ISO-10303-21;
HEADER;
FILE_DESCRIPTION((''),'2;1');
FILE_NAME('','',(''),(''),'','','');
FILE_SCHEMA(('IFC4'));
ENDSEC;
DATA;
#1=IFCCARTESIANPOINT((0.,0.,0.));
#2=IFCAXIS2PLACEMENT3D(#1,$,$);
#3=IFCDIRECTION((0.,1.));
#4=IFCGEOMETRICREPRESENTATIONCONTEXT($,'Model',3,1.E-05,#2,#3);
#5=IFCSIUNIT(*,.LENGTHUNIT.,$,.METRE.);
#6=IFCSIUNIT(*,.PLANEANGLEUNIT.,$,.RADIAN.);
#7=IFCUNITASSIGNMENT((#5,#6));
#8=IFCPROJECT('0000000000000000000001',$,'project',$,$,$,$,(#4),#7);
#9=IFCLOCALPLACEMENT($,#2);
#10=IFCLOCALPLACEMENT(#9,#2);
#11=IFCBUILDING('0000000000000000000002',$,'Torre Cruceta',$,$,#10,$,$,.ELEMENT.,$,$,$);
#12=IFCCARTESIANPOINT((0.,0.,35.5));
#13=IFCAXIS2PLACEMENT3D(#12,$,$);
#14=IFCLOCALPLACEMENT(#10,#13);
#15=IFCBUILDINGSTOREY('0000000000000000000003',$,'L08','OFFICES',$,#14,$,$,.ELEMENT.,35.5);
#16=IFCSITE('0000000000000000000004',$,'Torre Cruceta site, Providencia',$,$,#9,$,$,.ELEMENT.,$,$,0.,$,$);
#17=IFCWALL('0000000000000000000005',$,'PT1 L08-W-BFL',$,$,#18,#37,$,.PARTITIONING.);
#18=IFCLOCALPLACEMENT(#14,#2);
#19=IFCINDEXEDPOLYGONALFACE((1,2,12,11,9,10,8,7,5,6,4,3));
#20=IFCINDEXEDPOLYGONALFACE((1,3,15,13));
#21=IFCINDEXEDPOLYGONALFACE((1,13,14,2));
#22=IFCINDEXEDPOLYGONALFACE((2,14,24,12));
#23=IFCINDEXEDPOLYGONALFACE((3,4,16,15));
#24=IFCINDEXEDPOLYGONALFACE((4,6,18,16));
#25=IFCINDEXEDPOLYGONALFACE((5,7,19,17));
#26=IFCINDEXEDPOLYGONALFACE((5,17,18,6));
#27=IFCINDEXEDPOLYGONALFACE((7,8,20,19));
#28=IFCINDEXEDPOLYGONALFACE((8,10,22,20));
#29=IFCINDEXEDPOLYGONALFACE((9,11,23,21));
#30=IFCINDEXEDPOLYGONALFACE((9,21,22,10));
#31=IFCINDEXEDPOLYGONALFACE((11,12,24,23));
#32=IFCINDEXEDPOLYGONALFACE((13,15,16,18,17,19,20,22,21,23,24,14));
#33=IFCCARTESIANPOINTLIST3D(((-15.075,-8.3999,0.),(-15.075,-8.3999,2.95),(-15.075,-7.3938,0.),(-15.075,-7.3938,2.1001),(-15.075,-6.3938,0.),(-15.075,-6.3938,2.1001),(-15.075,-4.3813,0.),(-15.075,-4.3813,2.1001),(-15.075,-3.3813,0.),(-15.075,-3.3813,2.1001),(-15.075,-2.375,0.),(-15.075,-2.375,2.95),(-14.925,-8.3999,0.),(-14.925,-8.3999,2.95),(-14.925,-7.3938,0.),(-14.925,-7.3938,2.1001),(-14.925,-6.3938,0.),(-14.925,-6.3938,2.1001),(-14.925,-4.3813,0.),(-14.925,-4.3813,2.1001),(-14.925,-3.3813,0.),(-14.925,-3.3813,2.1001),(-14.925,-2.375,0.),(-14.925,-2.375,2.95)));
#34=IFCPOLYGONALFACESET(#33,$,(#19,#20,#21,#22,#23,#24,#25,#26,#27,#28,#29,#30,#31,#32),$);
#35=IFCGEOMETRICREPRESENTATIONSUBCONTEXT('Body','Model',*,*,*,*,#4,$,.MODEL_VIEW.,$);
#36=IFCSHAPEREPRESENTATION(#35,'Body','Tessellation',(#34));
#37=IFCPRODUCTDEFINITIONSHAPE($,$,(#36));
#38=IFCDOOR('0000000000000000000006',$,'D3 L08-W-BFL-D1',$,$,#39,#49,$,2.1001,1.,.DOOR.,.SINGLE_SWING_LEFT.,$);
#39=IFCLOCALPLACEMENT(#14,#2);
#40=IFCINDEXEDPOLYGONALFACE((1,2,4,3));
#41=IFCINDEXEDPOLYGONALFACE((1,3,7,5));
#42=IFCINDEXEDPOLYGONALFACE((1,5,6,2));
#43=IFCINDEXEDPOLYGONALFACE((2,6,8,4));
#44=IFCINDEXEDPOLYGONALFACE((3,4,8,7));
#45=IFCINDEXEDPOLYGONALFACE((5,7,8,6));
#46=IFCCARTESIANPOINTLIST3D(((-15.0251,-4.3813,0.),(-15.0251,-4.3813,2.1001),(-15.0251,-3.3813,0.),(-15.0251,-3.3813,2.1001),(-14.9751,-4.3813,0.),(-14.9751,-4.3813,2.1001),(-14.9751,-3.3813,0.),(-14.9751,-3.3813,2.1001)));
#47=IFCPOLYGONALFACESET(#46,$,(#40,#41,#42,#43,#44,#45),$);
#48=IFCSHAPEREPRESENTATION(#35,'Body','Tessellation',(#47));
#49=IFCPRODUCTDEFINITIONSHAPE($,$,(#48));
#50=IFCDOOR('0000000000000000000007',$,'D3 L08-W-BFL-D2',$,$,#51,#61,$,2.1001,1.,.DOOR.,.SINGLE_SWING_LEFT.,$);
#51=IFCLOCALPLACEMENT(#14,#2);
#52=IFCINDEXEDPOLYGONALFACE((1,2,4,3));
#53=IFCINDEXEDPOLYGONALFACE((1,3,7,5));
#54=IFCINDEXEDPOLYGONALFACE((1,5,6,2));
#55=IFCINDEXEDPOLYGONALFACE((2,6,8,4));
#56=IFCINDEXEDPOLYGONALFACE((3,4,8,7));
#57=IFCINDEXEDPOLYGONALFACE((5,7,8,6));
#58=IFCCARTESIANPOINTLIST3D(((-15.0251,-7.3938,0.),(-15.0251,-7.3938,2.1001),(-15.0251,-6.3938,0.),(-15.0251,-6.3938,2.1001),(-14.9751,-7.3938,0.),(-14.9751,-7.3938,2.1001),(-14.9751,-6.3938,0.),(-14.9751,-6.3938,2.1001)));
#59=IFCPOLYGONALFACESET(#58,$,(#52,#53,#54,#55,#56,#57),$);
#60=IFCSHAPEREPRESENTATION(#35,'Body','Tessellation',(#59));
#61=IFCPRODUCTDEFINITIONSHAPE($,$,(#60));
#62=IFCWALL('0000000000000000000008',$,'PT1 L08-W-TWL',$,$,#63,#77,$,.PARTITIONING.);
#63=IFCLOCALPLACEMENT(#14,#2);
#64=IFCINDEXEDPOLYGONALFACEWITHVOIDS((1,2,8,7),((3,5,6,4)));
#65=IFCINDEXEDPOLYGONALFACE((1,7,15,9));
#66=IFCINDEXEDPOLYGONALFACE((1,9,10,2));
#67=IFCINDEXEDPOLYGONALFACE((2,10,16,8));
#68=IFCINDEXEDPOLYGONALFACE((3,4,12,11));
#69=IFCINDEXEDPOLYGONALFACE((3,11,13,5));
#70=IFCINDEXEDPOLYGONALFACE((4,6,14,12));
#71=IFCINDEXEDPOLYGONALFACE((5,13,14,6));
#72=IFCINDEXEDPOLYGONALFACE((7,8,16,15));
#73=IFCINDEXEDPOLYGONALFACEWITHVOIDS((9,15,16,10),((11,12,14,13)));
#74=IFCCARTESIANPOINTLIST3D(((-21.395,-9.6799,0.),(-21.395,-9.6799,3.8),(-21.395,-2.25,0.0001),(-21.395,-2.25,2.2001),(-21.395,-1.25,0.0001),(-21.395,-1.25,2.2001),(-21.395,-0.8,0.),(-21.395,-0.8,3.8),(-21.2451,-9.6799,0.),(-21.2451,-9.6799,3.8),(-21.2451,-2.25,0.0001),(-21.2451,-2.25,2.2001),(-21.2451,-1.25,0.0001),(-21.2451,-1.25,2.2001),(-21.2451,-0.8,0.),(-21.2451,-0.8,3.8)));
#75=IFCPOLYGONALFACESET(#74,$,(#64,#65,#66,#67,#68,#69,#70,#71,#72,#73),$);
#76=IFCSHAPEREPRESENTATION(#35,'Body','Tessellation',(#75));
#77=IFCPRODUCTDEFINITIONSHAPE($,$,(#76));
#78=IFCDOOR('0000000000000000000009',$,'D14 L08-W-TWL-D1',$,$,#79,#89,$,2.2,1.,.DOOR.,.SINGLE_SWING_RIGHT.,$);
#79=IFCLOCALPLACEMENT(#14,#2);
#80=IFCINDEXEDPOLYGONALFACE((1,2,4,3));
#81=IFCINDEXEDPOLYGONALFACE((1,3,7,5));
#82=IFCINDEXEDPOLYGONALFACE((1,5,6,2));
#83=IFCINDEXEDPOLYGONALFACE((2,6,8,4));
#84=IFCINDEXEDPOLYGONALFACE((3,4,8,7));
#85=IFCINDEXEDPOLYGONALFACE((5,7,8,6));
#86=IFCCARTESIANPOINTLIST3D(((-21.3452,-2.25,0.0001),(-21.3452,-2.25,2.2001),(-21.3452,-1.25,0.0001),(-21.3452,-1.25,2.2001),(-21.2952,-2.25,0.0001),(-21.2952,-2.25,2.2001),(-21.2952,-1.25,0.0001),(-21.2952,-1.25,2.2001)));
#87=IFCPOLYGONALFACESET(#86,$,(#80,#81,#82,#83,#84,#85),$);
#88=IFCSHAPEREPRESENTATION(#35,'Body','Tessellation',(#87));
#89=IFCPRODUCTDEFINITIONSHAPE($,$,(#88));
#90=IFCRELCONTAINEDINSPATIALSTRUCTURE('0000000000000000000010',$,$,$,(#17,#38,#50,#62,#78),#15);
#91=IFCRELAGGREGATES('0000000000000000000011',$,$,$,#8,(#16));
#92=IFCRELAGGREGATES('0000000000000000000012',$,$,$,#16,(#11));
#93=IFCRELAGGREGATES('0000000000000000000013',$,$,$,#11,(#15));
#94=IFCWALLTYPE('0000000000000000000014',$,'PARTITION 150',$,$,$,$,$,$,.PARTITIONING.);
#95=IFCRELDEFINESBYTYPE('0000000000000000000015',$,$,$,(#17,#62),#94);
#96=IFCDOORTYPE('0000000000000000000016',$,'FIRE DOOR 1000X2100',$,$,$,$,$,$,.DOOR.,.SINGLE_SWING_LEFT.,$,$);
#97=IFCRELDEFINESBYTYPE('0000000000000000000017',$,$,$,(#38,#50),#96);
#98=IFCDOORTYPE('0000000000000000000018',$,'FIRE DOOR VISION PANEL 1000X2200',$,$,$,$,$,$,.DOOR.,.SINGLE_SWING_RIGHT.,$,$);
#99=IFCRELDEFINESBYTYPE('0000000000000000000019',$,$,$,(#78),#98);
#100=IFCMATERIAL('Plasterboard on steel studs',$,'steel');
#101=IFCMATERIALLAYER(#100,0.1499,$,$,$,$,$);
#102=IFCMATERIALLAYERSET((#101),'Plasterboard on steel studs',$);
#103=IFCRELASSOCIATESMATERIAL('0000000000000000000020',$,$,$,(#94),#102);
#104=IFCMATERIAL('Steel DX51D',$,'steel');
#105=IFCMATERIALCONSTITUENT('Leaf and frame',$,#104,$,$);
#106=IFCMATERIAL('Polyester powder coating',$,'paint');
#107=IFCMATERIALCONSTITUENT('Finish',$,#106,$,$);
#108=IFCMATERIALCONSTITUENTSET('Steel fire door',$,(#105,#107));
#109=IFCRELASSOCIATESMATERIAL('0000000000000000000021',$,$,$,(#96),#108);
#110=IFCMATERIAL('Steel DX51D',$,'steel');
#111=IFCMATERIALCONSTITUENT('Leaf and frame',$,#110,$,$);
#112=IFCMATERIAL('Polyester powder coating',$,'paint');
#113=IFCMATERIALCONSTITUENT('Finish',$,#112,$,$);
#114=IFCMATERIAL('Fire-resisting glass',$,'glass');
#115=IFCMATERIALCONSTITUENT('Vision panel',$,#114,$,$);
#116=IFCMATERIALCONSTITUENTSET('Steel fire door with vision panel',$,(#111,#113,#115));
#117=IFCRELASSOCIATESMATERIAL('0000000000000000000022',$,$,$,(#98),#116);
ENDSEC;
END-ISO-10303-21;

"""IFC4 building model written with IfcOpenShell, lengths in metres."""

from ifc_helpers import new_model, si_unit, direction, frame, frame_2d, origin, place, context, subcontext, project, spatial, rectangle, extrude, material, layer, layer_set, constituent, constituent_set, type_object, element, fill, save


model = new_model("IFC4")

# Units and contexts
model_context = context("Model", 3, precision=1e-05, world=origin(), true_north=direction((0.0, 1.0)))
body_context = subcontext(model_context, "Body", "Model", "MODEL_VIEW")
ifc_project = project(units=[si_unit("LENGTHUNIT", "METRE"), si_unit("PLANEANGLEUNIT", "RADIAN")], contexts=[model_context])

# Site, building, storey
site_placement = place(None, origin())
site = spatial("IfcSite", under=ifc_project, at=site_placement, Name="Torre Cruceta site, Providencia", CompositionType="ELEMENT", RefElevation=0.0)
building_placement = place(site_placement, origin())
building = spatial("IfcBuilding", under=site, at=building_placement, Name="Torre Cruceta", CompositionType="ELEMENT")
storey_placement = place(building_placement, frame((0.0, 0.0, 35.5)))
storey = spatial("IfcBuildingStorey", under=building, at=storey_placement, Name="L08", Description="OFFICES", CompositionType="ELEMENT", Elevation=35.5)

# Wall, openings, doors
ifc_material_1 = material(Name="Plasterboard on steel studs", Category="steel")
ifc_layer_1 = layer(ifc_material_1, 0.1499)
ifc_layer_set_1 = layer_set([ifc_layer_1], Name="Plasterboard on steel studs")
wall_type_1 = type_object("IfcWallType", Name="PARTITION 150", PredefinedType="PARTITIONING", material=ifc_layer_set_1)
wall_1_placement = place(storey_placement, frame((-15.0, -2.375, 0.0), z_axis=(0.0, 0.0, 1.0), x_axis=(0.0, -1.0, 0.0)))
wall_1 = element("IfcWall", 1, at=wall_1_placement, inside=storey, type_object=wall_type_1, Name="PT1 L08-W-BFL", PredefinedType="PARTITIONING", context=body_context, shape_type="SweptSolid", body=[
    extrude(rectangle(XDim=6.0249, YDim=0.1499, at=frame_2d((3.0125, 0.0))), origin(), (0.0, 0.0, 1.0), 2.95),
])
opening_1_placement = place(wall_1_placement, frame((1.0063, 0.0, 0.0)))
opening_1 = element("IfcOpeningElement", 2, at=opening_1_placement, cuts=wall_1, PredefinedType="OPENING", context=body_context, shape_type="SweptSolid", body=[
    extrude(rectangle(XDim=1.0, YDim=2.1001, at=frame_2d((0.5, 1.05))), frame((0.0, 0.085, 0.0), z_axis=(0.0, -1.0, 0.0), x_axis=(1.0, 0.0, 0.0)), (0.0, 0.0, 1.0), 0.1699),
])
opening_2_placement = place(wall_1_placement, frame((4.0188, 0.0, 0.0)))
opening_2 = element("IfcOpeningElement", 3, at=opening_2_placement, cuts=wall_1, PredefinedType="OPENING", context=body_context, shape_type="SweptSolid", body=[
    extrude(rectangle(XDim=1.0, YDim=2.1001, at=frame_2d((0.5, 1.05))), frame((0.0, 0.085, 0.0), z_axis=(0.0, -1.0, 0.0), x_axis=(1.0, 0.0, 0.0)), (0.0, 0.0, 1.0), 0.1699),
])
ifc_material_2 = material(Name="Steel DX51D", Category="steel")
ifc_constituent_1 = constituent(ifc_material_2, Name="Leaf and frame")
ifc_material_3 = material(Name="Polyester powder coating", Category="paint")
ifc_constituent_2 = constituent(ifc_material_3, Name="Finish")
ifc_constituent_set_1 = constituent_set(constituents=[ifc_constituent_1, ifc_constituent_2], Name="Steel fire door")
door_type_1 = type_object("IfcDoorType", Name="FIRE DOOR 1000X2100", OperationType="SINGLE_SWING_LEFT", PredefinedType="DOOR", material=ifc_constituent_set_1)
door_1_placement = place(opening_1_placement, origin())
door_1 = element("IfcDoor", 4, at=door_1_placement, inside=storey, type_object=door_type_1, Name="D3 L08-W-BFL-D1", OperationType="SINGLE_SWING_LEFT", OverallHeight=2.1001, OverallWidth=1.0, PredefinedType="DOOR", context=body_context, shape_type="SweptSolid", body=[
    extrude(rectangle(XDim=1.0, YDim=2.1001, at=frame_2d((0.5, 1.05))), frame((0.0, 0.0249, 0.0), z_axis=(0.0, -1.0, 0.0), x_axis=(1.0, 0.0, 0.0)), (0.0, 0.0, 1.0), 0.05),
])
fill(opening_1, door_1)
door_2_placement = place(opening_2_placement, origin())
door_2 = element("IfcDoor", 5, at=door_2_placement, inside=storey, type_object=door_type_1, Name="D3 L08-W-BFL-D2", OperationType="SINGLE_SWING_LEFT", OverallHeight=2.1001, OverallWidth=1.0, PredefinedType="DOOR", context=body_context, shape_type="SweptSolid", body=[
    extrude(rectangle(XDim=1.0, YDim=2.1001, at=frame_2d((0.5, 1.05))), frame((0.0, 0.0249, 0.0), z_axis=(0.0, -1.0, 0.0), x_axis=(1.0, 0.0, 0.0)), (0.0, 0.0, 1.0), 0.05),
])
fill(opening_2, door_2)

# Wall, opening, door
wall_2_placement = place(storey_placement, frame((-21.3201, -0.8, 0.0), z_axis=(0.0, 0.0, 1.0), x_axis=(0.0, -1.0, 0.0)))
wall_2 = element("IfcWall", 6, at=wall_2_placement, inside=storey, type_object=wall_type_1, Name="PT1 L08-W-TWL", PredefinedType="PARTITIONING", context=body_context, shape_type="SweptSolid", body=[
    extrude(rectangle(XDim=8.8799, YDim=0.1499, at=frame_2d((4.4399, 0.0))), origin(), (0.0, 0.0, 1.0), 3.8),
])
opening_3_placement = place(wall_2_placement, frame((0.45, 0.0, 0.0)))
opening_3 = element("IfcOpeningElement", 7, at=opening_3_placement, cuts=wall_2, PredefinedType="OPENING", context=body_context, shape_type="SweptSolid", body=[
    extrude(rectangle(XDim=1.0, YDim=2.2, at=frame_2d((0.5, 1.1001))), frame((0.0, 0.085, 0.0), z_axis=(0.0, -1.0, 0.0), x_axis=(1.0, 0.0, 0.0)), (0.0, 0.0, 1.0), 0.1699),
])
ifc_material_4 = material(Name="Steel DX51D", Category="steel")
ifc_constituent_3 = constituent(ifc_material_4, Name="Leaf and frame")
ifc_material_5 = material(Name="Polyester powder coating", Category="paint")
ifc_constituent_4 = constituent(ifc_material_5, Name="Finish")
ifc_material_6 = material(Name="Fire-resisting glass", Category="glass")
ifc_constituent_5 = constituent(ifc_material_6, Name="Vision panel")
ifc_constituent_set_2 = constituent_set(constituents=[ifc_constituent_3, ifc_constituent_4, ifc_constituent_5], Name="Steel fire door with vision panel")
door_type_2 = type_object("IfcDoorType", Name="FIRE DOOR VISION PANEL 1000X2200", OperationType="SINGLE_SWING_RIGHT", PredefinedType="DOOR", material=ifc_constituent_set_2)
door_3_placement = place(opening_3_placement, frame((1.0, 0.0, 0.0), z_axis=(0.0, 0.0, 1.0), x_axis=(-1.0, 0.0, 0.0)))
door_3 = element("IfcDoor", 8, at=door_3_placement, inside=storey, type_object=door_type_2, Name="D14 L08-W-TWL-D1", OperationType="SINGLE_SWING_RIGHT", OverallHeight=2.2, OverallWidth=1.0, PredefinedType="DOOR", context=body_context, shape_type="SweptSolid", body=[
    extrude(rectangle(XDim=1.0, YDim=2.2, at=frame_2d((0.5, 1.1001))), frame((0.0, 0.0251, 0.0), z_axis=(0.0, -1.0, 0.0), x_axis=(1.0, 0.0, 0.0)), (0.0, 0.0, 1.0), 0.05),
])
fill(opening_3, door_3)

save(model, "model.ifc")
